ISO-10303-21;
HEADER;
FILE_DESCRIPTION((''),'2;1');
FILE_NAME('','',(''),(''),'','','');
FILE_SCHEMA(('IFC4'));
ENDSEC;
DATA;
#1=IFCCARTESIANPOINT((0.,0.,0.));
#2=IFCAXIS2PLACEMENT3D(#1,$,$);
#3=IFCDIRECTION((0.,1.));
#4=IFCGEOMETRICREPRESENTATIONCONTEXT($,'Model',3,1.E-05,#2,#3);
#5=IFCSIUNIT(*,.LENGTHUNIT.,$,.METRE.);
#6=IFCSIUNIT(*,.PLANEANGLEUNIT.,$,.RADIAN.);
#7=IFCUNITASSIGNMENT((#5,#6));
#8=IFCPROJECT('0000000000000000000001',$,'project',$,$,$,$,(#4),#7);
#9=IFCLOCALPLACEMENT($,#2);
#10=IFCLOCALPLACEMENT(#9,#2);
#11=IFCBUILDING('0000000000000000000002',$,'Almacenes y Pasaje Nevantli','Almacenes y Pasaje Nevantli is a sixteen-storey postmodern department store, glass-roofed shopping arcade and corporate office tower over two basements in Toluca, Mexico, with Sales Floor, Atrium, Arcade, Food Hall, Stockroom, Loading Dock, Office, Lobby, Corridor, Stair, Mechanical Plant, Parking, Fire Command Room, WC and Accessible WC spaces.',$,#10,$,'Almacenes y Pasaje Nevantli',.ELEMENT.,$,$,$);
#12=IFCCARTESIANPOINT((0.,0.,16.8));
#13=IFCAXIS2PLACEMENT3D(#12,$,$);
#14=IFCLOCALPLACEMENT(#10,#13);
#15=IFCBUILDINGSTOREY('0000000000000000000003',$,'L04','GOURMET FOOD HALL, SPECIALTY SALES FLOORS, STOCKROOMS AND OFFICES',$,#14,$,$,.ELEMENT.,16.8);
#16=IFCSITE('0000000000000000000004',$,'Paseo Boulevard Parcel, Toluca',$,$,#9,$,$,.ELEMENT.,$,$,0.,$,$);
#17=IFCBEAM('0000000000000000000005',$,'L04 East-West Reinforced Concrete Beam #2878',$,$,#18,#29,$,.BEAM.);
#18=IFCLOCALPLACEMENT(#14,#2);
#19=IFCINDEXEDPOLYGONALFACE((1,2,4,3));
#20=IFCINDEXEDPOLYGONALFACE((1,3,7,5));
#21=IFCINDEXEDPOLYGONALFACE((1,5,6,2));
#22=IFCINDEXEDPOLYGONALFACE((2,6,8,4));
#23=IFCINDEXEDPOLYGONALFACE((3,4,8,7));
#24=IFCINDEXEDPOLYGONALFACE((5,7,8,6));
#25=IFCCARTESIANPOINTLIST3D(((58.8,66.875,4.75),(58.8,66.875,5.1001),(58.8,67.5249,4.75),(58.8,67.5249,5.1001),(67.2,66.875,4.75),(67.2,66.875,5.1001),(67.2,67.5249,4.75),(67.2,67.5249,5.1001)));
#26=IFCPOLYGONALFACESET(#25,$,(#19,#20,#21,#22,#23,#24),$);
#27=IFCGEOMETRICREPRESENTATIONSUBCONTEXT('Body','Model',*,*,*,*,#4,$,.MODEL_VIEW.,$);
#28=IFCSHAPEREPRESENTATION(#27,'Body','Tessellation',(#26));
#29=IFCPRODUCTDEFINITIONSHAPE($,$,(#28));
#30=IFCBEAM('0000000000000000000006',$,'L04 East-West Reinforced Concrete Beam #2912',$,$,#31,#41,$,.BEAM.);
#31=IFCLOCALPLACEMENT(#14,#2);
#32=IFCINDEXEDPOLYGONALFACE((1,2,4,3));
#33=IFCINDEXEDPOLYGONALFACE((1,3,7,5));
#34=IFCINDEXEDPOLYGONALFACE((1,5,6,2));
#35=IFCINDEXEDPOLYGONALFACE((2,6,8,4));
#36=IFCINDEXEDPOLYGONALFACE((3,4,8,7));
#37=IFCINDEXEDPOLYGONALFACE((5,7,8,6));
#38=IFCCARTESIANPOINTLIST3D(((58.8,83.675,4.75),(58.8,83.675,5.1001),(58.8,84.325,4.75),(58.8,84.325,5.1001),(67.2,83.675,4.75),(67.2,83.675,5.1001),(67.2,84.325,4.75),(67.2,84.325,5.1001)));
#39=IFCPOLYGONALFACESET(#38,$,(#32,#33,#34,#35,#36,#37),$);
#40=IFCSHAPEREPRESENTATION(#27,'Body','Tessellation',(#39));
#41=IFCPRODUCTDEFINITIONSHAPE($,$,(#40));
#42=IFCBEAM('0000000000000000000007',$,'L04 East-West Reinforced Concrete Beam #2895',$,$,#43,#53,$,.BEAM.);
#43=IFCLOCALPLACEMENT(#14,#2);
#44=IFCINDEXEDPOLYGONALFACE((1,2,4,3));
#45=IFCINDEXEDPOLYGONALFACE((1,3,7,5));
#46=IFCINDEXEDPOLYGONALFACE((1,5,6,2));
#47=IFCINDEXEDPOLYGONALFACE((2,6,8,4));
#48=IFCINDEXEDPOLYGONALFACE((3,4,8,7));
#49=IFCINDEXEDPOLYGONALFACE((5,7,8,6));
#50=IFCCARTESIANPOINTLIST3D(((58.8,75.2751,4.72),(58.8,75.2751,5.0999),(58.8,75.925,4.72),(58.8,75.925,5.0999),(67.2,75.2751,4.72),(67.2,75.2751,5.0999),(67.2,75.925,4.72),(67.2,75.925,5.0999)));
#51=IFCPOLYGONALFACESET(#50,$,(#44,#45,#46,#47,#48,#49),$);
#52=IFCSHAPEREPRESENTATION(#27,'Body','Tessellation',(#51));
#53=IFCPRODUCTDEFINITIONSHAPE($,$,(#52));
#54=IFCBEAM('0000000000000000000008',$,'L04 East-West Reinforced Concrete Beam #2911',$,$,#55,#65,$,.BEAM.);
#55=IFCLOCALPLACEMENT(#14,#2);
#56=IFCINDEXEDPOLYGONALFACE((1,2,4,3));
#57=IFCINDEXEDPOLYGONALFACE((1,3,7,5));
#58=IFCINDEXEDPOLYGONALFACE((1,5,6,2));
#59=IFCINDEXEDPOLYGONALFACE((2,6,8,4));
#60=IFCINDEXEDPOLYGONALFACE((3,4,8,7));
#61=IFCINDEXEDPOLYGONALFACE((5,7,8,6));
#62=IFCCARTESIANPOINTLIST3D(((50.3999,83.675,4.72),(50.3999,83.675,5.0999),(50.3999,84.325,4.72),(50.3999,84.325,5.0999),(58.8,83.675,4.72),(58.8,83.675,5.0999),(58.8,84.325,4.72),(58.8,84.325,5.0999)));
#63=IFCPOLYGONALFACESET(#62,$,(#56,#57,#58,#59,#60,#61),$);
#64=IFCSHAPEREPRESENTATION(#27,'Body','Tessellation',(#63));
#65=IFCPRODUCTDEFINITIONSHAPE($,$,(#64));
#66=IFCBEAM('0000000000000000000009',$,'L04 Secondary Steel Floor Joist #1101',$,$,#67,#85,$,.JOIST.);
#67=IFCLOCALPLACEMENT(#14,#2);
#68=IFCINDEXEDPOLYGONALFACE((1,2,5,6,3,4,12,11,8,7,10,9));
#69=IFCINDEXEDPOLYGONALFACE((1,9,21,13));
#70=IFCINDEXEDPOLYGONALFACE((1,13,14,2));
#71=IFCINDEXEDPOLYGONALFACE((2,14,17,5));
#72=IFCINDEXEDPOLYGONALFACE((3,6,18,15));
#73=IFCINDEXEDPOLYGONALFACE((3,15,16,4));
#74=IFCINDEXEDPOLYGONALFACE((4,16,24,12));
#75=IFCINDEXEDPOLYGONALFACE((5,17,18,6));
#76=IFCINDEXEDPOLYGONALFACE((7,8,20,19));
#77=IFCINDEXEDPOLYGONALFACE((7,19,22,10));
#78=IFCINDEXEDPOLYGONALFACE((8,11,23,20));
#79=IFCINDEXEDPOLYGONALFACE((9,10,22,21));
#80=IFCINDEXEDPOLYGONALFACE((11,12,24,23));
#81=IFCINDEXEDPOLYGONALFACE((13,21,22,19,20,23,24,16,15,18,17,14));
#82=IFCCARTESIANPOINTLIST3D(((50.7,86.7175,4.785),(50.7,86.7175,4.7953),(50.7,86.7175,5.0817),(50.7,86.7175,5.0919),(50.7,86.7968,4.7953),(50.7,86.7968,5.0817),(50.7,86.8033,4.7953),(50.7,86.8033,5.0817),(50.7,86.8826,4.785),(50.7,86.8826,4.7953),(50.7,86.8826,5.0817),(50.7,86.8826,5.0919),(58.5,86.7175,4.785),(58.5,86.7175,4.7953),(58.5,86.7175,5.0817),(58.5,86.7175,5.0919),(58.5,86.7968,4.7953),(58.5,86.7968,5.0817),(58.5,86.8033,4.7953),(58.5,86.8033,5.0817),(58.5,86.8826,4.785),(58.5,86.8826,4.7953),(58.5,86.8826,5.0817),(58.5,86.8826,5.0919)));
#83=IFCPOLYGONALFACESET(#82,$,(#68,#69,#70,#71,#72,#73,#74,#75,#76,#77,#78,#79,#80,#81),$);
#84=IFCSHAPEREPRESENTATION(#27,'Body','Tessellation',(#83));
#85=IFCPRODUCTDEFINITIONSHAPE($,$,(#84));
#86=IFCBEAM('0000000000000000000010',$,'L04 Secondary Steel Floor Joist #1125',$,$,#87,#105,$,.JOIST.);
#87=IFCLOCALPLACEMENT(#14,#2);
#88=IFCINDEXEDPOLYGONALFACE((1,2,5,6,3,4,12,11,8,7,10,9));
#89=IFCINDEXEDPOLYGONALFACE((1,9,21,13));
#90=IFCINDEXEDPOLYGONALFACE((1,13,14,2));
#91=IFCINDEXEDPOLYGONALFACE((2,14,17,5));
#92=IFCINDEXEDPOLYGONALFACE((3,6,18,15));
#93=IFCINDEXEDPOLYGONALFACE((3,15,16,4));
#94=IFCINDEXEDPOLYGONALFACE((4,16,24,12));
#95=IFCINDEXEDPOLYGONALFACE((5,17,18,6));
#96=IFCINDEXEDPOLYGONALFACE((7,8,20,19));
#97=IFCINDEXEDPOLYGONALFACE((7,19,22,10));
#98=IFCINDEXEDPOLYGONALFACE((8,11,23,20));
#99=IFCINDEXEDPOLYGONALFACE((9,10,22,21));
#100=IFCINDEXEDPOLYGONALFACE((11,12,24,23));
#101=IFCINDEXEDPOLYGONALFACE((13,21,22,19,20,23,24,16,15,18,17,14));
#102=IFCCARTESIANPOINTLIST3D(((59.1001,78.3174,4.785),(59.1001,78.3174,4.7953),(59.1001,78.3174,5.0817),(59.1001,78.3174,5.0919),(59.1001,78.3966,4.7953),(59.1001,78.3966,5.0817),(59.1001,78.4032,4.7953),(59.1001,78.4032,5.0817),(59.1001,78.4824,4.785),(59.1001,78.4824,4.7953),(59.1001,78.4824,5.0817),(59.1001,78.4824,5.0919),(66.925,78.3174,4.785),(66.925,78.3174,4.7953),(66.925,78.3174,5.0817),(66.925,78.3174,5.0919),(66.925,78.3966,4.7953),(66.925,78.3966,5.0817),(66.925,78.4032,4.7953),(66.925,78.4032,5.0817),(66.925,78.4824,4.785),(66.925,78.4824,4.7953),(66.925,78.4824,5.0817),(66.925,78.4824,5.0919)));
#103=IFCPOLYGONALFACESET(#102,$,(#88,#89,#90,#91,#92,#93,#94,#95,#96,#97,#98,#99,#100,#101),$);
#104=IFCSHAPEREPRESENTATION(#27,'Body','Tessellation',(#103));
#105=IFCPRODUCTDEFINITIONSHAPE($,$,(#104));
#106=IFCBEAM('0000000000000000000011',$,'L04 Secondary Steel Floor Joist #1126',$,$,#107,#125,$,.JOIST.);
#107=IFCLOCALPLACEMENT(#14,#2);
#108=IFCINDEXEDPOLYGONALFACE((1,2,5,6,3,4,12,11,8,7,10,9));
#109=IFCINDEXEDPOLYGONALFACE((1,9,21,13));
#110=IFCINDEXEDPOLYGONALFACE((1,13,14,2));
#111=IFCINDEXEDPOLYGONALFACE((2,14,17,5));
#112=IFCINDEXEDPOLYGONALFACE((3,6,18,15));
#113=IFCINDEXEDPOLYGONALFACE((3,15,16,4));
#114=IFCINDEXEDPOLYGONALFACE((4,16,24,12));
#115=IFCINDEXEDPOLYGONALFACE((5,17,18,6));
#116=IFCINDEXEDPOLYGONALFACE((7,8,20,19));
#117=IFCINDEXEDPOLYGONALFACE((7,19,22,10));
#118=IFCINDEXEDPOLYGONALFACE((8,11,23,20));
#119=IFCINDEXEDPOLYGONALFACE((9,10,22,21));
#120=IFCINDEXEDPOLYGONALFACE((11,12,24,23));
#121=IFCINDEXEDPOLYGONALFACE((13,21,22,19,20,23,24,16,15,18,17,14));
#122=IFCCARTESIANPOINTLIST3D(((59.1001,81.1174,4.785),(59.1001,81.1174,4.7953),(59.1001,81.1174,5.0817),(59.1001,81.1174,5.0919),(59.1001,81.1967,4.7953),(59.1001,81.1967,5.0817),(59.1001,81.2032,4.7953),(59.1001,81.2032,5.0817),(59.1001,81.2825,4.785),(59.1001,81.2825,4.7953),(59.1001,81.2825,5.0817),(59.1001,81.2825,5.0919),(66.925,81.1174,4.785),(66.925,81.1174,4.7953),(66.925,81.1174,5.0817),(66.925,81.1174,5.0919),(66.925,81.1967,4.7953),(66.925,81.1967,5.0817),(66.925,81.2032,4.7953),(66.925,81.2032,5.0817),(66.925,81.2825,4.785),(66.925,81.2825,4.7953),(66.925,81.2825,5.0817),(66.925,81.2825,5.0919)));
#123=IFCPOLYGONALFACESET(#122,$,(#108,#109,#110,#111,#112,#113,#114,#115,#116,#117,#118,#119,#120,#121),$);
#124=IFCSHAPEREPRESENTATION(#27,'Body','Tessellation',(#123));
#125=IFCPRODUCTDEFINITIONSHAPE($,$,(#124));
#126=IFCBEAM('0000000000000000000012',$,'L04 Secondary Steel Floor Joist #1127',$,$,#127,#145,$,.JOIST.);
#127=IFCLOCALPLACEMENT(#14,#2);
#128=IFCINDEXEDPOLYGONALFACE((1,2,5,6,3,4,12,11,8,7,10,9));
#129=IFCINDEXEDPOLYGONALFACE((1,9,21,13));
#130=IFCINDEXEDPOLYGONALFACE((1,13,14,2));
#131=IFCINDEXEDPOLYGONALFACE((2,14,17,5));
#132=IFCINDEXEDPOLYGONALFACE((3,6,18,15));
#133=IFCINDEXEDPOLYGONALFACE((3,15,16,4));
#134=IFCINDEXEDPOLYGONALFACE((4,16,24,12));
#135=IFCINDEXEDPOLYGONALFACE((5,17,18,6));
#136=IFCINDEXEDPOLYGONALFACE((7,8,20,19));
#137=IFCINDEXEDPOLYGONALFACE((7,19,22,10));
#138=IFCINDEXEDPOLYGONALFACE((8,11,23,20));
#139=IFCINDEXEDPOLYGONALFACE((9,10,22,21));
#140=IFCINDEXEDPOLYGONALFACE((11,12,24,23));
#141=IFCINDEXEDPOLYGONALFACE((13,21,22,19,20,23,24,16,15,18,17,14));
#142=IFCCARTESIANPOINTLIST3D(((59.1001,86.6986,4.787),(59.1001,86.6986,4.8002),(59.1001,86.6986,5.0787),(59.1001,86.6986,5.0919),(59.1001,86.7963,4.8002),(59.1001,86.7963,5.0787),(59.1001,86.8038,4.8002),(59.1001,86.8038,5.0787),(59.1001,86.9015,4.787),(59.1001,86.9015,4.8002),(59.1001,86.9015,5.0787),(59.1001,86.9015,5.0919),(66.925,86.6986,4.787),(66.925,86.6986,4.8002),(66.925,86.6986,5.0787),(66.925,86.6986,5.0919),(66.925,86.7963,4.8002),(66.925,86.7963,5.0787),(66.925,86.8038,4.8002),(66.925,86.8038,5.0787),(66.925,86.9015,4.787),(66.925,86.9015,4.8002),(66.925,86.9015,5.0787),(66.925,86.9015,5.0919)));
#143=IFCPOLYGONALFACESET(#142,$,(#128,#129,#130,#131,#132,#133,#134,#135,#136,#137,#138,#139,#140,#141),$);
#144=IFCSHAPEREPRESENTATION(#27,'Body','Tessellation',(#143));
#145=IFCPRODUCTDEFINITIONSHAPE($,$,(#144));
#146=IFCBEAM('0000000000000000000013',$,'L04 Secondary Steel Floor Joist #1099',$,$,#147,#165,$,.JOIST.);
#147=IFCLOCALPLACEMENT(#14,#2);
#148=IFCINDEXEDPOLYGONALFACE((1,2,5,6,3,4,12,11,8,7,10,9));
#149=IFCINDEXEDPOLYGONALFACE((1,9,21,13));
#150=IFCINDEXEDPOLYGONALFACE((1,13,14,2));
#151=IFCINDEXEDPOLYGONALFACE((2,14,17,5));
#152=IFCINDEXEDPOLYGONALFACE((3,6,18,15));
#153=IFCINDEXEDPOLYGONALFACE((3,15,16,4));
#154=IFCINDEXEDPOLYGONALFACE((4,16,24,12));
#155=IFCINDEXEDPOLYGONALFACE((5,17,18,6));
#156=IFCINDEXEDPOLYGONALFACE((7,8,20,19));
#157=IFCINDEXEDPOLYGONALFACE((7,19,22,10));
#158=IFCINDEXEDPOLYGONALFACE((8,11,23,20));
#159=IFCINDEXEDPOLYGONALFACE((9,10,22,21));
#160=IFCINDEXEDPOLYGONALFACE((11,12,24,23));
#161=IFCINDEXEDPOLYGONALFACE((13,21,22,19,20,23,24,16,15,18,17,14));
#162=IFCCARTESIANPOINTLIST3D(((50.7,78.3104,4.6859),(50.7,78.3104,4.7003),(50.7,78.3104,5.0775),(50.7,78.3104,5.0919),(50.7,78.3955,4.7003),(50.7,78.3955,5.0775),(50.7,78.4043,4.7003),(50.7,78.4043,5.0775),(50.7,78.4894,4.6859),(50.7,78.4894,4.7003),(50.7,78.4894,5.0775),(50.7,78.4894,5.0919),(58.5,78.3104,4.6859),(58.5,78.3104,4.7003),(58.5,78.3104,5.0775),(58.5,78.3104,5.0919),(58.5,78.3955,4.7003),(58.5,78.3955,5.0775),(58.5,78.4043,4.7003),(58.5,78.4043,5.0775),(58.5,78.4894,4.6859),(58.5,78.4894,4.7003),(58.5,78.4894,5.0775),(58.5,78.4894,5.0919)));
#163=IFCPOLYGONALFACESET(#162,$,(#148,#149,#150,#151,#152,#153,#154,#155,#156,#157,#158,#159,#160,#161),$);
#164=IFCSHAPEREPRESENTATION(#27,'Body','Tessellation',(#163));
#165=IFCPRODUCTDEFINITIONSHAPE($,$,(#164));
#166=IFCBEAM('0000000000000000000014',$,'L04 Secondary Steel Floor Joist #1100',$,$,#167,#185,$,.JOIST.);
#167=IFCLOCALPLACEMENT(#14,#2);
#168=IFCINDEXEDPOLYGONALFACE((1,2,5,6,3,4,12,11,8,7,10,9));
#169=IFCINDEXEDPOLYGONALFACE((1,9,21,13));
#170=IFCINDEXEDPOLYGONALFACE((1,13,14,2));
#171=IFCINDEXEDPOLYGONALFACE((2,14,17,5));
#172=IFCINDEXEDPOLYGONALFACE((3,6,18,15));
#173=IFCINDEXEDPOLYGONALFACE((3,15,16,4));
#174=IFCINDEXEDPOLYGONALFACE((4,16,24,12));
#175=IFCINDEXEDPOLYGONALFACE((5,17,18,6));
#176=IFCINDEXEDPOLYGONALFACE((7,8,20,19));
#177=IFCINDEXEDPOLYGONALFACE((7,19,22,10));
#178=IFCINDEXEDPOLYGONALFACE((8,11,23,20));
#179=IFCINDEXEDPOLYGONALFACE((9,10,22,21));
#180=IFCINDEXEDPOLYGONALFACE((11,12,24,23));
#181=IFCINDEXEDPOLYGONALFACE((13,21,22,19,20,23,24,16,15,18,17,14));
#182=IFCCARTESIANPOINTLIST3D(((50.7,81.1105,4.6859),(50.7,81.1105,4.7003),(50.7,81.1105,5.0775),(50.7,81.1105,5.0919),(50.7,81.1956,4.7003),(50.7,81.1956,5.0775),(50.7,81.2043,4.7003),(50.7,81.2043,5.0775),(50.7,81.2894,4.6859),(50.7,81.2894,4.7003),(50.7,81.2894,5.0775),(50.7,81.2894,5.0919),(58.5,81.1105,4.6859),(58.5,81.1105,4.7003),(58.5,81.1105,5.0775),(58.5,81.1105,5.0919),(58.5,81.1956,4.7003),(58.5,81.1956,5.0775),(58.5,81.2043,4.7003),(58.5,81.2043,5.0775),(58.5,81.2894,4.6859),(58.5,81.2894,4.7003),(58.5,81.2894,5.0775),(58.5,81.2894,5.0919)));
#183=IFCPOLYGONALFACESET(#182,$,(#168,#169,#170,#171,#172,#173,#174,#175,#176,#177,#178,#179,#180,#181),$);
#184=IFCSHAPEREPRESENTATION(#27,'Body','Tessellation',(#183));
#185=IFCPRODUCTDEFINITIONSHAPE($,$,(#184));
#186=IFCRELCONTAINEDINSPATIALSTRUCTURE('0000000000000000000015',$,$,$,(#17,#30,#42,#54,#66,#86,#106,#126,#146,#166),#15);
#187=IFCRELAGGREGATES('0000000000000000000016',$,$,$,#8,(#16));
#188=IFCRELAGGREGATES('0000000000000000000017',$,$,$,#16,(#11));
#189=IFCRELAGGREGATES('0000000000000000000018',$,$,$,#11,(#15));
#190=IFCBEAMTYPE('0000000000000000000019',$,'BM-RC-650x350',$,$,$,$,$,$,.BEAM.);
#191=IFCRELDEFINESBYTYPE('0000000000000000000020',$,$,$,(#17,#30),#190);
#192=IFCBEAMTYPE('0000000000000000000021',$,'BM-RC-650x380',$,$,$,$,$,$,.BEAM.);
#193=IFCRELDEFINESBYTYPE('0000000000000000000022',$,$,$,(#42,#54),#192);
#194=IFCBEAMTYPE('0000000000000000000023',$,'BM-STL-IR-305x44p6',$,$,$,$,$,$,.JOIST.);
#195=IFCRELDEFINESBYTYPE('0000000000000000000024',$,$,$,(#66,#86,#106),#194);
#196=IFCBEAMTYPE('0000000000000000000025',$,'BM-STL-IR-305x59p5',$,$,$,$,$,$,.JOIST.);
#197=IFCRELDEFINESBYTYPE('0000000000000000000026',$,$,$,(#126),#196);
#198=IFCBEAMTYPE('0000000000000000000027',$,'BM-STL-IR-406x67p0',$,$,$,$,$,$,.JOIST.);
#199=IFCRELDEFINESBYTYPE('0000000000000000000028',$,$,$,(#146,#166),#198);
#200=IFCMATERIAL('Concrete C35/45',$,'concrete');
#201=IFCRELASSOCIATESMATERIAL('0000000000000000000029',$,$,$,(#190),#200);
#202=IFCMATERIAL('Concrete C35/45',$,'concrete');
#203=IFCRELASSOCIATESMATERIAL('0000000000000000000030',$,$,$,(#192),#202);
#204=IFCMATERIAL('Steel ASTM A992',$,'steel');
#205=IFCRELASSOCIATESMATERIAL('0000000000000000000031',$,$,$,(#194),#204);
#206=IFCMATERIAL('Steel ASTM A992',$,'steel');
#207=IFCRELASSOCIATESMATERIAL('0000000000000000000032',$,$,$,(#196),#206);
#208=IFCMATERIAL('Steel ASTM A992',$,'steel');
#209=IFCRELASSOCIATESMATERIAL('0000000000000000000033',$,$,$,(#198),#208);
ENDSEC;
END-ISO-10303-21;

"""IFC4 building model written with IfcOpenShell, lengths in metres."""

from ifc_helpers import new_model, si_unit, direction, frame, origin, origin_2d, place, context, subcontext, project, spatial, rectangle, i_section, extrude, material, material_profile, profile_set, type_object, element, save


model = new_model("IFC4")

# Units and contexts
model_context = context("Model", 3, precision=1e-05, world=origin(), true_north=direction((0.0, 1.0)))
body_context = subcontext(model_context, "Body", "Model", "MODEL_VIEW")
ifc_project = project(units=[si_unit("LENGTHUNIT", "METRE"), si_unit("PLANEANGLEUNIT", "RADIAN")], contexts=[model_context])

# Site, building, storey
site_placement = place(None, origin())
site = spatial("IfcSite", under=ifc_project, at=site_placement, Name="Paseo Boulevard Parcel, Toluca", CompositionType="ELEMENT", RefElevation=0.0)
building_placement = place(site_placement, origin())
building = spatial("IfcBuilding", under=site, at=building_placement, Name="Almacenes y Pasaje Nevantli", Description="Almacenes y Pasaje Nevantli is a sixteen-storey postmodern department store, glass-roofed shopping arcade and corporate office tower over two basements in Toluca, Mexico, with Sales Floor, Atrium, Arcade, Food Hall, Stockroom, Loading Dock, Office, Lobby, Corridor, Stair, Mechanical Plant, Parking, Fire Command Room, WC and Accessible WC spaces.", LongName="Almacenes y Pasaje Nevantli", CompositionType="ELEMENT")
storey_placement = place(building_placement, frame((0.0, 0.0, 16.8)))
storey = spatial("IfcBuildingStorey", under=building, at=storey_placement, Name="L04", Description="GOURMET FOOD HALL, SPECIALTY SALES FLOORS, STOCKROOMS AND OFFICES", CompositionType="ELEMENT", Elevation=16.8)

# Beams
ifc_material_1 = material(Name="Concrete C35/45", Category="concrete")
ifc_material_profile_1 = material_profile(ifc_material_1, rectangle(XDim=0.6499, YDim=0.3501, at=origin_2d()), Name="RC-BM-650x350")
ifc_profile_set_1 = profile_set([ifc_material_profile_1], Name="Concrete C35/45")
beam_type_1 = type_object("IfcBeamType", Name="BM-RC-650x350", PredefinedType="BEAM", material=ifc_profile_set_1)
for number, where, z_axis, x_axis, name in (
    (1, (58.8, 67.2, 4.925), (1.0, 0.0, 0.0), (0.0, 1.0, 0.0), "L04 East-West Reinforced Concrete Beam #2878"),
    (2, (58.8, 84.0, 4.925), (1.0, 0.0, 0.0), (0.0, 1.0, 0.0), "L04 East-West Reinforced Concrete Beam #2912"),
):
    element("IfcBeam", number, at=place(storey_placement, frame(where, z_axis=z_axis, x_axis=x_axis)), inside=storey, type_object=beam_type_1, Name=name, PredefinedType="BEAM", context=body_context, shape_type="SweptSolid", body=[
        extrude(rectangle(XDim=0.6499, YDim=0.3501, at=origin_2d()), origin(), (0.0, 0.0, 1.0), 8.3999),
    ])
ifc_material_2 = material(Name="Concrete C35/45", Category="concrete")
ifc_material_profile_2 = material_profile(ifc_material_2, rectangle(XDim=0.6499, YDim=0.3799, at=origin_2d()), Name="RC-BM-650x380")
ifc_profile_set_2 = profile_set([ifc_material_profile_2], Name="Concrete C35/45")
beam_type_2 = type_object("IfcBeamType", Name="BM-RC-650x380", PredefinedType="BEAM", material=ifc_profile_set_2)
beam_1_placement = place(storey_placement, frame((58.8, 75.6001, 4.9099), z_axis=(1.0, 0.0, 0.0), x_axis=(0.0, 1.0, 0.0)))
element("IfcBeam", 3, at=beam_1_placement, inside=storey, type_object=beam_type_2, Name="L04 East-West Reinforced Concrete Beam #2895", PredefinedType="BEAM", context=body_context, shape_type="SweptSolid", body=[
    extrude(rectangle(XDim=0.6499, YDim=0.3799, at=origin_2d()), origin(), (0.0, 0.0, 1.0), 8.3999),
])
beam_2_placement = place(storey_placement, frame((50.3999, 84.0, 4.9099), z_axis=(1.0, 0.0, 0.0), x_axis=(0.0, 1.0, 0.0)))
element("IfcBeam", 4, at=beam_2_placement, inside=storey, type_object=beam_type_2, Name="L04 East-West Reinforced Concrete Beam #2911", PredefinedType="BEAM", context=body_context, shape_type="SweptSolid", body=[
    extrude(rectangle(XDim=0.6499, YDim=0.3799, at=origin_2d()), origin(), (0.0, 0.0, 1.0), 8.4001),
])
ifc_material_3 = material(Name="Steel ASTM A992", Category="steel")
ifc_material_profile_3 = material_profile(ifc_material_3, i_section(OverallWidth=0.165, OverallDepth=0.3069, WebThickness=0.0066, FlangeThickness=0.0103, at=origin_2d()), Name="IR 305x44.6")
ifc_profile_set_3 = profile_set([ifc_material_profile_3], Name="Steel ASTM A992")
beam_type_3 = type_object("IfcBeamType", Name="BM-STL-IR-305x44p6", PredefinedType="JOIST", material=ifc_profile_set_3)
beam_3_placement = place(storey_placement, frame((50.7, 86.8, 4.9385), z_axis=(1.0, 0.0, 0.0), x_axis=(0.0, 1.0, 0.0)))
element("IfcBeam", 5, at=beam_3_placement, inside=storey, type_object=beam_type_3, Name="L04 Secondary Steel Floor Joist #1101", PredefinedType="JOIST", context=body_context, shape_type="SweptSolid", body=[
    extrude(i_section(OverallWidth=0.165, OverallDepth=0.3069, WebThickness=0.0066, FlangeThickness=0.0103, at=origin_2d()), origin(), (0.0, 0.0, 1.0), 7.8),
])
for number, where, z_axis, x_axis, name in (
    (6, (59.1001, 78.3999, 4.9385), (1.0, 0.0, 0.0), (0.0, 1.0, 0.0), "L04 Secondary Steel Floor Joist #1125"),
    (7, (59.1001, 81.2, 4.9385), (1.0, 0.0, 0.0), (0.0, 1.0, 0.0), "L04 Secondary Steel Floor Joist #1126"),
):
    element("IfcBeam", number, at=place(storey_placement, frame(where, z_axis=z_axis, x_axis=x_axis)), inside=storey, type_object=beam_type_3, Name=name, PredefinedType="JOIST", context=body_context, shape_type="SweptSolid", body=[
        extrude(i_section(OverallWidth=0.165, OverallDepth=0.3069, WebThickness=0.0066, FlangeThickness=0.0103, at=origin_2d()), origin(), (0.0, 0.0, 1.0), 7.825),
    ])
ifc_material_4 = material(Name="Steel ASTM A992", Category="steel")
ifc_material_profile_4 = material_profile(ifc_material_4, i_section(OverallWidth=0.2029, OverallDepth=0.3049, WebThickness=0.0076, FlangeThickness=0.0132, at=origin_2d()), Name="IR 305x59.5")
ifc_profile_set_4 = profile_set([ifc_material_profile_4], Name="Steel ASTM A992")
beam_type_4 = type_object("IfcBeamType", Name="BM-STL-IR-305x59p5", PredefinedType="JOIST", material=ifc_profile_set_4)
beam_4_placement = place(storey_placement, frame((59.1001, 86.8, 4.9395), z_axis=(1.0, 0.0, 0.0), x_axis=(0.0, 1.0, 0.0)))
element("IfcBeam", 8, at=beam_4_placement, inside=storey, type_object=beam_type_4, Name="L04 Secondary Steel Floor Joist #1127", PredefinedType="JOIST", context=body_context, shape_type="SweptSolid", body=[
    extrude(i_section(OverallWidth=0.2029, OverallDepth=0.3049, WebThickness=0.0076, FlangeThickness=0.0132, at=origin_2d()), origin(), (0.0, 0.0, 1.0), 7.825),
])
ifc_material_5 = material(Name="Steel ASTM A992", Category="steel")
ifc_material_profile_5 = material_profile(ifc_material_5, i_section(OverallWidth=0.179, OverallDepth=0.406, WebThickness=0.0088, FlangeThickness=0.0144, at=origin_2d()), Name="IR 406x67.0")
ifc_profile_set_5 = profile_set([ifc_material_profile_5], Name="Steel ASTM A992")
beam_type_5 = type_object("IfcBeamType", Name="BM-STL-IR-406x67p0", PredefinedType="JOIST", material=ifc_profile_set_5)
for number, where, z_axis, x_axis, name in (
    (9, (50.7, 78.3999, 4.8889), (1.0, 0.0, 0.0), (0.0, 1.0, 0.0), "L04 Secondary Steel Floor Joist #1099"),
    (10, (50.7, 81.2, 4.8889), (1.0, 0.0, 0.0), (0.0, 1.0, 0.0), "L04 Secondary Steel Floor Joist #1100"),
):
    element("IfcBeam", number, at=place(storey_placement, frame(where, z_axis=z_axis, x_axis=x_axis)), inside=storey, type_object=beam_type_5, Name=name, PredefinedType="JOIST", context=body_context, shape_type="SweptSolid", body=[
        extrude(i_section(OverallWidth=0.179, OverallDepth=0.406, WebThickness=0.0088, FlangeThickness=0.0144, at=origin_2d()), origin(), (0.0, 0.0, 1.0), 7.8),
    ])

save(model, "model.ifc")
